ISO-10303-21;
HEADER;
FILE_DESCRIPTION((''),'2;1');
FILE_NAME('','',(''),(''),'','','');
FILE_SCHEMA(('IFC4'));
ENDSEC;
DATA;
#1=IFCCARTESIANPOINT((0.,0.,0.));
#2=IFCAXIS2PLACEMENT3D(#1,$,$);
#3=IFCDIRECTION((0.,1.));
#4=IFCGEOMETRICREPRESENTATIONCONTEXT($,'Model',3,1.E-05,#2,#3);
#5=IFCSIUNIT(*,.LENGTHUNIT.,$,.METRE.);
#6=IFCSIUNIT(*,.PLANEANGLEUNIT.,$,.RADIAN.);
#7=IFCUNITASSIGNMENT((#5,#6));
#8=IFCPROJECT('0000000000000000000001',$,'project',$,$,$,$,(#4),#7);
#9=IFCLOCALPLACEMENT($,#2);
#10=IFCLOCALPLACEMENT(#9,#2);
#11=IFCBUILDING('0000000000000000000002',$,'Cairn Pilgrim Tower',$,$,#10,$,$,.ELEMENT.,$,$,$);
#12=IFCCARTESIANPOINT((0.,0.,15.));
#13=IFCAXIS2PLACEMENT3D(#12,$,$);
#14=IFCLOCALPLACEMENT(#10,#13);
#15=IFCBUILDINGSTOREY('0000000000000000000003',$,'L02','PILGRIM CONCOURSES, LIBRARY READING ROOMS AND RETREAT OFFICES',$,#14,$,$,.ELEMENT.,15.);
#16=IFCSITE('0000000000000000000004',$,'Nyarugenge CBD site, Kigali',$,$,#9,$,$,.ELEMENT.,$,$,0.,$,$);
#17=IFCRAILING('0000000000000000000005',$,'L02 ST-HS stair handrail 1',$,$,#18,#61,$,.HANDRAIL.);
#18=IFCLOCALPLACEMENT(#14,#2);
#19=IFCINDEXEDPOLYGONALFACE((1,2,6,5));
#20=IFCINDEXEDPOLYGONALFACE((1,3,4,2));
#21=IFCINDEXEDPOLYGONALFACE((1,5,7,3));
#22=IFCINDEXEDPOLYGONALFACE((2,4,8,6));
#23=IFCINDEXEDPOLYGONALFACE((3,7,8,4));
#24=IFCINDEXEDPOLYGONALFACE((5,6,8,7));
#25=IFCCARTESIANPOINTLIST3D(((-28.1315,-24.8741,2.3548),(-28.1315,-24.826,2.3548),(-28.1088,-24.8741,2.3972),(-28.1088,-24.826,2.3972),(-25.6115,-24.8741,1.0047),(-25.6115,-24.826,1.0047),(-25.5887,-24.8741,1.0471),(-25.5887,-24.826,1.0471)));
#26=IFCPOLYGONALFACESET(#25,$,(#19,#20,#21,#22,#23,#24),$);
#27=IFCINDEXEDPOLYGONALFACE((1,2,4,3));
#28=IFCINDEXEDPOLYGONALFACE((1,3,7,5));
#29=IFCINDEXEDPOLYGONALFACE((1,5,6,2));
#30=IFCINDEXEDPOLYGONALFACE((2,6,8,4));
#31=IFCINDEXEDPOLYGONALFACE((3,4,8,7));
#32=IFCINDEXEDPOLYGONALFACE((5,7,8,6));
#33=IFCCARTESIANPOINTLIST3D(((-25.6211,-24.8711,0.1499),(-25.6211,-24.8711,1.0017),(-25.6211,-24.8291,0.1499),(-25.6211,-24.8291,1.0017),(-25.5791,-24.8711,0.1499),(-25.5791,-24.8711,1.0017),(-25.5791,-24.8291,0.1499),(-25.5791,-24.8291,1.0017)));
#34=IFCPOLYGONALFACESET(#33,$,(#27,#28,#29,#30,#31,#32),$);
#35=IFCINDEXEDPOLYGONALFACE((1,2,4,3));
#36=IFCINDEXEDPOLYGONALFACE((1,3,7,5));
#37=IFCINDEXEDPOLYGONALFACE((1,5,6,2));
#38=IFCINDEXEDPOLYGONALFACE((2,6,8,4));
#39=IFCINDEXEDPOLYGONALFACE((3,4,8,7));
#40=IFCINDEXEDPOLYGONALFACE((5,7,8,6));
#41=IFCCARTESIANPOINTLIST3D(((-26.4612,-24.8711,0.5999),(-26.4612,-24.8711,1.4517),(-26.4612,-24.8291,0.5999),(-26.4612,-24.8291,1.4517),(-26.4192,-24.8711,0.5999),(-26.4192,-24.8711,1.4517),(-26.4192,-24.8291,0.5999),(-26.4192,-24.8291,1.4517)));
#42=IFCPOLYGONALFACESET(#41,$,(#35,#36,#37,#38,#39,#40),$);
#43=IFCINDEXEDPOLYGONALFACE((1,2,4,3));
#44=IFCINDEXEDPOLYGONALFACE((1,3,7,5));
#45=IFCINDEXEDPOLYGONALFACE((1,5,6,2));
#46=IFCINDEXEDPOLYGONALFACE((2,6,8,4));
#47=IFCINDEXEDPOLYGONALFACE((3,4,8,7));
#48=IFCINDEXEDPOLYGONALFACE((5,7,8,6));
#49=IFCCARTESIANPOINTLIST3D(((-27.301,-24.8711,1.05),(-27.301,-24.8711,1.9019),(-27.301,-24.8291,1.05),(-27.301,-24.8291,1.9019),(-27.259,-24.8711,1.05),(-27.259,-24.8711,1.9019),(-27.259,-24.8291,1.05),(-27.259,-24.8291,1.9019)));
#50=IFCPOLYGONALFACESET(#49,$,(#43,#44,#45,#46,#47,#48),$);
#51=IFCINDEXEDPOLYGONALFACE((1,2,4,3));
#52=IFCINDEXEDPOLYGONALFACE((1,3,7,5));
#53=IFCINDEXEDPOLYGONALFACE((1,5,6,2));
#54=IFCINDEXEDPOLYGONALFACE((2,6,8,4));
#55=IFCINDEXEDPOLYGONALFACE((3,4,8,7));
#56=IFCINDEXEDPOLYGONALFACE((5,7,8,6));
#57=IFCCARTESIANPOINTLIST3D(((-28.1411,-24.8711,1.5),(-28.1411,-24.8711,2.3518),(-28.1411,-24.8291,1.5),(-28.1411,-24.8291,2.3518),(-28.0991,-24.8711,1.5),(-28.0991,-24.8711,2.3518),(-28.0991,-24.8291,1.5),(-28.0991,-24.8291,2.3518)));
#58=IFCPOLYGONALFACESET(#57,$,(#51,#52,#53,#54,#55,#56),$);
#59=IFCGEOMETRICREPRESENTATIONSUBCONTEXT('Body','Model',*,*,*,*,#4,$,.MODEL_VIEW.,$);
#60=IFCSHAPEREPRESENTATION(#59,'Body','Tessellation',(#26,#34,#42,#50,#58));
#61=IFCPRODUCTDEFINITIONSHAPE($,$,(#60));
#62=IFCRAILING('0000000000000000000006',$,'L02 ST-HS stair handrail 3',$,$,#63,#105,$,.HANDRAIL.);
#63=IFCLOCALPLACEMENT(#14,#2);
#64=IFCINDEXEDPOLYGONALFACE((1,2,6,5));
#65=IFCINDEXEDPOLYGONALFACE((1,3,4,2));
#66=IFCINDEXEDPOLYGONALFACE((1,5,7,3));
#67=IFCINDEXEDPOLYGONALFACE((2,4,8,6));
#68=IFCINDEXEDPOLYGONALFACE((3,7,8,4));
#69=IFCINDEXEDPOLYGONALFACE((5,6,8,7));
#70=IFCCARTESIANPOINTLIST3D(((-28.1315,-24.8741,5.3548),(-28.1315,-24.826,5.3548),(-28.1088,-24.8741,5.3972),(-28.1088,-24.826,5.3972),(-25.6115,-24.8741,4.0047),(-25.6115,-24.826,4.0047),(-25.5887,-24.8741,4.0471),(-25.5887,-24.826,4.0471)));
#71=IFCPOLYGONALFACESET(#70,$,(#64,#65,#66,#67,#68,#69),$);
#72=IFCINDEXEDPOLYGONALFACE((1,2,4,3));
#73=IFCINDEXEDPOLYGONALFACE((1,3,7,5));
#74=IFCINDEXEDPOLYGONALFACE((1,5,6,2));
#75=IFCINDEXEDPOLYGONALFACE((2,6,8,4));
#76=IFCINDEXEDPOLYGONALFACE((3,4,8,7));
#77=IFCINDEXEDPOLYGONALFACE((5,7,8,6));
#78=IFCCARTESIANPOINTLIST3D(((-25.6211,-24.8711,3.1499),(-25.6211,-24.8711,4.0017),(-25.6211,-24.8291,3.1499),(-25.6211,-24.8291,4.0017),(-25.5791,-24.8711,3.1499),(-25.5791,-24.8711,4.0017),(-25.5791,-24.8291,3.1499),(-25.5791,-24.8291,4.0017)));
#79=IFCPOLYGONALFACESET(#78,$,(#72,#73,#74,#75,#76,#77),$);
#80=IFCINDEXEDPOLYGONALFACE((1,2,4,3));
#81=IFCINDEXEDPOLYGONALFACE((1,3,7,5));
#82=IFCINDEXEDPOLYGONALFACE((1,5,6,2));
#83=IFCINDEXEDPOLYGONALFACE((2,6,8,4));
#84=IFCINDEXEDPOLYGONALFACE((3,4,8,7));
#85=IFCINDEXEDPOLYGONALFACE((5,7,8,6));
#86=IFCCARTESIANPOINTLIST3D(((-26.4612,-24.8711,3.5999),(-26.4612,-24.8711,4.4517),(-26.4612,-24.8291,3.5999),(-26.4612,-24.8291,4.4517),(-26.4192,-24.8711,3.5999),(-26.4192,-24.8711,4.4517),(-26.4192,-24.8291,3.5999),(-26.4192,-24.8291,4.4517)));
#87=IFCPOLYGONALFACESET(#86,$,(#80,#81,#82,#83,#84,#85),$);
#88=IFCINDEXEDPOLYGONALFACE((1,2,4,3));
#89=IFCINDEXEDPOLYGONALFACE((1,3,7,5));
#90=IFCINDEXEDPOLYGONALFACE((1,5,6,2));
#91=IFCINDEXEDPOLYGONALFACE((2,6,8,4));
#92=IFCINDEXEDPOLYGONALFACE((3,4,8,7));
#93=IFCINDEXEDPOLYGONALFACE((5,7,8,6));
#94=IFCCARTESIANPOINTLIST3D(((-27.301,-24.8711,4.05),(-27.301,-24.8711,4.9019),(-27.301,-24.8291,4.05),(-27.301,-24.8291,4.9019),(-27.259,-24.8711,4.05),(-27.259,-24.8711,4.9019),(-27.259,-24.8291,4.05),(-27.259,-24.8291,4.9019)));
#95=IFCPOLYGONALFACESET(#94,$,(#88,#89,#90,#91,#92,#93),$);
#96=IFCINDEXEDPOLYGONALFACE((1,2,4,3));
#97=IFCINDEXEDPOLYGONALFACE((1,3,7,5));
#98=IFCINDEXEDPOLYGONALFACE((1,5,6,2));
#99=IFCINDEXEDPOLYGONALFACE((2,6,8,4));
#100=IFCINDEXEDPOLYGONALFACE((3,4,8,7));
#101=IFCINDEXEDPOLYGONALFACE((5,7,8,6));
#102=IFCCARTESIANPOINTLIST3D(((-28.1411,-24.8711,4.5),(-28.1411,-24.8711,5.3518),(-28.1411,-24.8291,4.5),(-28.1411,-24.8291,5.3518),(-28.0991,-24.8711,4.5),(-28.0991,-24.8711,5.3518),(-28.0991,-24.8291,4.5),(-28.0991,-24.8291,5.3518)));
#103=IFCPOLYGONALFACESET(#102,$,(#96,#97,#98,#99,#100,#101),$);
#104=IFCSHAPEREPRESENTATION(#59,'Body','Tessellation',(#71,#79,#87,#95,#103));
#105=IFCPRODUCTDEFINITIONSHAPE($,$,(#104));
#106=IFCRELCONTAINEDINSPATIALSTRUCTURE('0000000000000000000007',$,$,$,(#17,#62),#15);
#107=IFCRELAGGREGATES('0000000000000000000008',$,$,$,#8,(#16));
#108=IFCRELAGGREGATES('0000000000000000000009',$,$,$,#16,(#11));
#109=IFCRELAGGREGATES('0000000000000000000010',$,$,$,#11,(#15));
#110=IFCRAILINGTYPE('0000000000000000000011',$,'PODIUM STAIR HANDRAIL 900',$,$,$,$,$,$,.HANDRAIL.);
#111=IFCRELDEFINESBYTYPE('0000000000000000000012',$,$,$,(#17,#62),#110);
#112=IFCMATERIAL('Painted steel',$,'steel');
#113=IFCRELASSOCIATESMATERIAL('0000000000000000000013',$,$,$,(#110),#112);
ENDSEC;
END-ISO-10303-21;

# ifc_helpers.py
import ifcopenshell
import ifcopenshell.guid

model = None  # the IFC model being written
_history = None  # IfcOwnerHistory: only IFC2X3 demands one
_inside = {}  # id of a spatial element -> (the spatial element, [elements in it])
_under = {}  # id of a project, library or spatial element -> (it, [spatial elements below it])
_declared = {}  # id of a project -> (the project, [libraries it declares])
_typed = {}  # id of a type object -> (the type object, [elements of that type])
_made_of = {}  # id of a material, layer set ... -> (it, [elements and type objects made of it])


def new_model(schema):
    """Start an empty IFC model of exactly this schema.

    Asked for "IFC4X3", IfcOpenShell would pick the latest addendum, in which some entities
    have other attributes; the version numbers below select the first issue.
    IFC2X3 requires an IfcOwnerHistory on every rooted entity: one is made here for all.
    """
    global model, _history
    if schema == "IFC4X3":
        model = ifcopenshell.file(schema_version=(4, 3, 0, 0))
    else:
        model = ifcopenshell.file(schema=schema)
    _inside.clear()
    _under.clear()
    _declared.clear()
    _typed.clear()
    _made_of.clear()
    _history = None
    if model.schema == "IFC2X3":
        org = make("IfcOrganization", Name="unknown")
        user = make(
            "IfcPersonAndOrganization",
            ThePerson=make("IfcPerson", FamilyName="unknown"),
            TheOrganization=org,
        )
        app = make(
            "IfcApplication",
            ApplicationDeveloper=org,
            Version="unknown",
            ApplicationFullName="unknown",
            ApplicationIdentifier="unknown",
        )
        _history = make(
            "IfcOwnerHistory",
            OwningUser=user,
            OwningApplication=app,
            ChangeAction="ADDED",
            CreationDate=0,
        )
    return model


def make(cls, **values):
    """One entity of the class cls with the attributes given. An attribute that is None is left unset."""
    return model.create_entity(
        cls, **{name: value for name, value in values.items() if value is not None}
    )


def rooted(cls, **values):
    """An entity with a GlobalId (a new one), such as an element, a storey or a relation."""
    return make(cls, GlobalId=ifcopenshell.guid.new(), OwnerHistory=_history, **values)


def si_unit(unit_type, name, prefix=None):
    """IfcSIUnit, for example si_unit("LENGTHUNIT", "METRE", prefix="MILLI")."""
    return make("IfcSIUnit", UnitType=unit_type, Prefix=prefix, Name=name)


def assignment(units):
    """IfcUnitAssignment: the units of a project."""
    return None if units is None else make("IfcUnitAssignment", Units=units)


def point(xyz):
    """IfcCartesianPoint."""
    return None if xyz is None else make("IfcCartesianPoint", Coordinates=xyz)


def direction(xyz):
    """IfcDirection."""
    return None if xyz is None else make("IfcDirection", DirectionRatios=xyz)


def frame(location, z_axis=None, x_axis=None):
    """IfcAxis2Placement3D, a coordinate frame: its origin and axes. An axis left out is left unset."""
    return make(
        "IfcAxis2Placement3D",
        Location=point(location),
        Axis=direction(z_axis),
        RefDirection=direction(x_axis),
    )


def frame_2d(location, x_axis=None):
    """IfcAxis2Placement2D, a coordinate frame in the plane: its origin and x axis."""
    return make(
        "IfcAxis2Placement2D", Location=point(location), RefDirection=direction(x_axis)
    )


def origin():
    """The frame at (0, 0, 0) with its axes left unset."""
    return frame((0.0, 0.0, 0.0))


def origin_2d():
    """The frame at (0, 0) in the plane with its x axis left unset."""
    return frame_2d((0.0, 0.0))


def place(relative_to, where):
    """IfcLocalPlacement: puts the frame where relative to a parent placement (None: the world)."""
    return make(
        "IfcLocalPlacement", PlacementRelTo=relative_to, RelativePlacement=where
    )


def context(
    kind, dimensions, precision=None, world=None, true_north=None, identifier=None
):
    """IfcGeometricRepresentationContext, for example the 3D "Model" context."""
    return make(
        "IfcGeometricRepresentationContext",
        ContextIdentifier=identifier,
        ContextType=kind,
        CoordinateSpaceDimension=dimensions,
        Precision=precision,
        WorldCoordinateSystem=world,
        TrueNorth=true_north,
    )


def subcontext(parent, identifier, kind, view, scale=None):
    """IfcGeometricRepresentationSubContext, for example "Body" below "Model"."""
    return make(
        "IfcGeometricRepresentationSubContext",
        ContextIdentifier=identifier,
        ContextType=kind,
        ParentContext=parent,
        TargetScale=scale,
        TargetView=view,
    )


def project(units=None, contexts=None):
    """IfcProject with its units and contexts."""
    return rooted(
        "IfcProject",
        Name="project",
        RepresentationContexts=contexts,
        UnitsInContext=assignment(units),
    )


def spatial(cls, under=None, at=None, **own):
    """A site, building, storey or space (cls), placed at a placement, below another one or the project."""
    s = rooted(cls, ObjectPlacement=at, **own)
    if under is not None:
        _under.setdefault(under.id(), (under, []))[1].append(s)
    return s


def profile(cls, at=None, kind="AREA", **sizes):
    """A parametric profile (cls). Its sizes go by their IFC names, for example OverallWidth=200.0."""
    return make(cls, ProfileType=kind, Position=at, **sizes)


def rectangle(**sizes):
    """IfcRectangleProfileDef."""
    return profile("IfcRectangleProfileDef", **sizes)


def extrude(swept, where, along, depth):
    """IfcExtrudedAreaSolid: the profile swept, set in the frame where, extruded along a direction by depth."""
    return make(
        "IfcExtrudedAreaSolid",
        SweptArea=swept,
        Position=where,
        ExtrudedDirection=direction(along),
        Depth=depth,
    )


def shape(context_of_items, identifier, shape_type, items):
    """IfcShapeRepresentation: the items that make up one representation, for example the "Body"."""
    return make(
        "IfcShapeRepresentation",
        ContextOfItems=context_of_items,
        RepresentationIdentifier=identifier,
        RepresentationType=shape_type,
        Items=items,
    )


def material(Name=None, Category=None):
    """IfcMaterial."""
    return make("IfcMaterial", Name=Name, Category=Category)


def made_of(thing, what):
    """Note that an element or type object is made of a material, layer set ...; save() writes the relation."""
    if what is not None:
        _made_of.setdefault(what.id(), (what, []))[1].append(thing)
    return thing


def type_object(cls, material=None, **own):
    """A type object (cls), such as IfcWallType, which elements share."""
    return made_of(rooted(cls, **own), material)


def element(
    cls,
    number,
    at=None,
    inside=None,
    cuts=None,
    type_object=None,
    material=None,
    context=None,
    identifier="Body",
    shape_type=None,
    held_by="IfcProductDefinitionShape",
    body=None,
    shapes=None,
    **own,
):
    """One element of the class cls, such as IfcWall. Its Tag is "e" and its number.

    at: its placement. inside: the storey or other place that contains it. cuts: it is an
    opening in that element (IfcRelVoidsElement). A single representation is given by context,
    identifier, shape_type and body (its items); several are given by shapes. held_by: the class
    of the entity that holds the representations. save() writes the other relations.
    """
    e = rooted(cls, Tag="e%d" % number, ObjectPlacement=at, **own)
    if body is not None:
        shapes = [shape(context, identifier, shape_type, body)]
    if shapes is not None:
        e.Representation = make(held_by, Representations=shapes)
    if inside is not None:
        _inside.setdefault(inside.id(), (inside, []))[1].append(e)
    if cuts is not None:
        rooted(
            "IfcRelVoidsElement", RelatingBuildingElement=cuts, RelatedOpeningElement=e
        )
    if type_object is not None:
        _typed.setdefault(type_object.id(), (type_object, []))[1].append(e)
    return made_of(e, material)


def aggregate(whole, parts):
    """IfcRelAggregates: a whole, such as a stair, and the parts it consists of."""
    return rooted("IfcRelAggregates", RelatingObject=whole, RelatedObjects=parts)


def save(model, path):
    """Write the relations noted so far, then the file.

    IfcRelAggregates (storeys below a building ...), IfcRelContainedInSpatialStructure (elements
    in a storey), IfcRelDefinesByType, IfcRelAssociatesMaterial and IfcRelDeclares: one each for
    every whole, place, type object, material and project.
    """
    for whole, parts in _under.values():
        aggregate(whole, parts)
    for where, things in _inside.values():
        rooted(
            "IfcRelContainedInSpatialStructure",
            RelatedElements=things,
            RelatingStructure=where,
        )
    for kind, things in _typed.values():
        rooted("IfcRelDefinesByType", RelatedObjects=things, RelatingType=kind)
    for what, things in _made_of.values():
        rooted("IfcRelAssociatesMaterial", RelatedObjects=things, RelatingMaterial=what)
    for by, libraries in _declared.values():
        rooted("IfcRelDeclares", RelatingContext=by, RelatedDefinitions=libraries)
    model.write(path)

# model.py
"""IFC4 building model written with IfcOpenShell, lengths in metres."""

from ifc_helpers import new_model, si_unit, direction, frame, origin, origin_2d, place, context, subcontext, project, spatial, rectangle, extrude, material, type_object, element, save


model = new_model("IFC4")

# Units and contexts
model_context = context("Model", 3, precision=1e-05, world=origin(), true_north=direction((0.0, 1.0)))
body_context = subcontext(model_context, "Body", "Model", "MODEL_VIEW")
ifc_project = project(units=[si_unit("LENGTHUNIT", "METRE"), si_unit("PLANEANGLEUNIT", "RADIAN")], contexts=[model_context])

# Site, building, storey
site_placement = place(None, origin())
site = spatial("IfcSite", under=ifc_project, at=site_placement, Name="Nyarugenge CBD site, Kigali", CompositionType="ELEMENT", RefElevation=0.0)
building_placement = place(site_placement, origin())
building = spatial("IfcBuilding", under=site, at=building_placement, Name="Cairn Pilgrim Tower", CompositionType="ELEMENT")
storey_placement = place(building_placement, frame((0.0, 0.0, 15.0)))
storey = spatial("IfcBuildingStorey", under=building, at=storey_placement, Name="L02", Description="PILGRIM CONCOURSES, LIBRARY READING ROOMS AND RETREAT OFFICES", CompositionType="ELEMENT", Elevation=15.0)

# Railings
ifc_material_1 = material(Name="Painted steel", Category="steel")
railing_type_1 = type_object("IfcRailingType", Name="PODIUM STAIR HANDRAIL 900", PredefinedType="HANDRAIL", material=ifc_material_1)
for number, where, name in (
    (1, (-25.6001, -24.8501, 0.1499), "L02 ST-HS stair handrail 1"),
    (2, (-25.6001, -24.8501, 3.1499), "L02 ST-HS stair handrail 3"),
):
    element("IfcRailing", number, at=place(storey_placement, frame(where)), inside=storey, type_object=railing_type_1, Name=name, PredefinedType="HANDRAIL", context=body_context, shape_type="SweptSolid", body=[
        extrude(rectangle(XDim=0.0481, YDim=0.0481, at=origin_2d()), frame((0.0, 0.0, 0.876), z_axis=(-0.881467, 0.0, 0.472245), x_axis=(0.0, -1.0, 0.0)), (0.0, 0.0, 1.0), 2.8589),
        extrude(rectangle(XDim=0.042, YDim=0.042, at=origin_2d()), origin(), (0.0, 0.0, 1.0), 0.8518),
        extrude(rectangle(XDim=0.042, YDim=0.042, at=origin_2d()), frame((-0.8401, 0.0, 0.45)), (0.0, 0.0, 1.0), 0.8518),
        extrude(rectangle(XDim=0.042, YDim=0.042, at=origin_2d()), frame((-1.6799, 0.0, 0.9001)), (0.0, 0.0, 1.0), 0.8518),
        extrude(rectangle(XDim=0.042, YDim=0.042, at=origin_2d()), frame((-2.52, 0.0, 1.3501)), (0.0, 0.0, 1.0), 0.8518),
    ])

save(model, "model.ifc")
